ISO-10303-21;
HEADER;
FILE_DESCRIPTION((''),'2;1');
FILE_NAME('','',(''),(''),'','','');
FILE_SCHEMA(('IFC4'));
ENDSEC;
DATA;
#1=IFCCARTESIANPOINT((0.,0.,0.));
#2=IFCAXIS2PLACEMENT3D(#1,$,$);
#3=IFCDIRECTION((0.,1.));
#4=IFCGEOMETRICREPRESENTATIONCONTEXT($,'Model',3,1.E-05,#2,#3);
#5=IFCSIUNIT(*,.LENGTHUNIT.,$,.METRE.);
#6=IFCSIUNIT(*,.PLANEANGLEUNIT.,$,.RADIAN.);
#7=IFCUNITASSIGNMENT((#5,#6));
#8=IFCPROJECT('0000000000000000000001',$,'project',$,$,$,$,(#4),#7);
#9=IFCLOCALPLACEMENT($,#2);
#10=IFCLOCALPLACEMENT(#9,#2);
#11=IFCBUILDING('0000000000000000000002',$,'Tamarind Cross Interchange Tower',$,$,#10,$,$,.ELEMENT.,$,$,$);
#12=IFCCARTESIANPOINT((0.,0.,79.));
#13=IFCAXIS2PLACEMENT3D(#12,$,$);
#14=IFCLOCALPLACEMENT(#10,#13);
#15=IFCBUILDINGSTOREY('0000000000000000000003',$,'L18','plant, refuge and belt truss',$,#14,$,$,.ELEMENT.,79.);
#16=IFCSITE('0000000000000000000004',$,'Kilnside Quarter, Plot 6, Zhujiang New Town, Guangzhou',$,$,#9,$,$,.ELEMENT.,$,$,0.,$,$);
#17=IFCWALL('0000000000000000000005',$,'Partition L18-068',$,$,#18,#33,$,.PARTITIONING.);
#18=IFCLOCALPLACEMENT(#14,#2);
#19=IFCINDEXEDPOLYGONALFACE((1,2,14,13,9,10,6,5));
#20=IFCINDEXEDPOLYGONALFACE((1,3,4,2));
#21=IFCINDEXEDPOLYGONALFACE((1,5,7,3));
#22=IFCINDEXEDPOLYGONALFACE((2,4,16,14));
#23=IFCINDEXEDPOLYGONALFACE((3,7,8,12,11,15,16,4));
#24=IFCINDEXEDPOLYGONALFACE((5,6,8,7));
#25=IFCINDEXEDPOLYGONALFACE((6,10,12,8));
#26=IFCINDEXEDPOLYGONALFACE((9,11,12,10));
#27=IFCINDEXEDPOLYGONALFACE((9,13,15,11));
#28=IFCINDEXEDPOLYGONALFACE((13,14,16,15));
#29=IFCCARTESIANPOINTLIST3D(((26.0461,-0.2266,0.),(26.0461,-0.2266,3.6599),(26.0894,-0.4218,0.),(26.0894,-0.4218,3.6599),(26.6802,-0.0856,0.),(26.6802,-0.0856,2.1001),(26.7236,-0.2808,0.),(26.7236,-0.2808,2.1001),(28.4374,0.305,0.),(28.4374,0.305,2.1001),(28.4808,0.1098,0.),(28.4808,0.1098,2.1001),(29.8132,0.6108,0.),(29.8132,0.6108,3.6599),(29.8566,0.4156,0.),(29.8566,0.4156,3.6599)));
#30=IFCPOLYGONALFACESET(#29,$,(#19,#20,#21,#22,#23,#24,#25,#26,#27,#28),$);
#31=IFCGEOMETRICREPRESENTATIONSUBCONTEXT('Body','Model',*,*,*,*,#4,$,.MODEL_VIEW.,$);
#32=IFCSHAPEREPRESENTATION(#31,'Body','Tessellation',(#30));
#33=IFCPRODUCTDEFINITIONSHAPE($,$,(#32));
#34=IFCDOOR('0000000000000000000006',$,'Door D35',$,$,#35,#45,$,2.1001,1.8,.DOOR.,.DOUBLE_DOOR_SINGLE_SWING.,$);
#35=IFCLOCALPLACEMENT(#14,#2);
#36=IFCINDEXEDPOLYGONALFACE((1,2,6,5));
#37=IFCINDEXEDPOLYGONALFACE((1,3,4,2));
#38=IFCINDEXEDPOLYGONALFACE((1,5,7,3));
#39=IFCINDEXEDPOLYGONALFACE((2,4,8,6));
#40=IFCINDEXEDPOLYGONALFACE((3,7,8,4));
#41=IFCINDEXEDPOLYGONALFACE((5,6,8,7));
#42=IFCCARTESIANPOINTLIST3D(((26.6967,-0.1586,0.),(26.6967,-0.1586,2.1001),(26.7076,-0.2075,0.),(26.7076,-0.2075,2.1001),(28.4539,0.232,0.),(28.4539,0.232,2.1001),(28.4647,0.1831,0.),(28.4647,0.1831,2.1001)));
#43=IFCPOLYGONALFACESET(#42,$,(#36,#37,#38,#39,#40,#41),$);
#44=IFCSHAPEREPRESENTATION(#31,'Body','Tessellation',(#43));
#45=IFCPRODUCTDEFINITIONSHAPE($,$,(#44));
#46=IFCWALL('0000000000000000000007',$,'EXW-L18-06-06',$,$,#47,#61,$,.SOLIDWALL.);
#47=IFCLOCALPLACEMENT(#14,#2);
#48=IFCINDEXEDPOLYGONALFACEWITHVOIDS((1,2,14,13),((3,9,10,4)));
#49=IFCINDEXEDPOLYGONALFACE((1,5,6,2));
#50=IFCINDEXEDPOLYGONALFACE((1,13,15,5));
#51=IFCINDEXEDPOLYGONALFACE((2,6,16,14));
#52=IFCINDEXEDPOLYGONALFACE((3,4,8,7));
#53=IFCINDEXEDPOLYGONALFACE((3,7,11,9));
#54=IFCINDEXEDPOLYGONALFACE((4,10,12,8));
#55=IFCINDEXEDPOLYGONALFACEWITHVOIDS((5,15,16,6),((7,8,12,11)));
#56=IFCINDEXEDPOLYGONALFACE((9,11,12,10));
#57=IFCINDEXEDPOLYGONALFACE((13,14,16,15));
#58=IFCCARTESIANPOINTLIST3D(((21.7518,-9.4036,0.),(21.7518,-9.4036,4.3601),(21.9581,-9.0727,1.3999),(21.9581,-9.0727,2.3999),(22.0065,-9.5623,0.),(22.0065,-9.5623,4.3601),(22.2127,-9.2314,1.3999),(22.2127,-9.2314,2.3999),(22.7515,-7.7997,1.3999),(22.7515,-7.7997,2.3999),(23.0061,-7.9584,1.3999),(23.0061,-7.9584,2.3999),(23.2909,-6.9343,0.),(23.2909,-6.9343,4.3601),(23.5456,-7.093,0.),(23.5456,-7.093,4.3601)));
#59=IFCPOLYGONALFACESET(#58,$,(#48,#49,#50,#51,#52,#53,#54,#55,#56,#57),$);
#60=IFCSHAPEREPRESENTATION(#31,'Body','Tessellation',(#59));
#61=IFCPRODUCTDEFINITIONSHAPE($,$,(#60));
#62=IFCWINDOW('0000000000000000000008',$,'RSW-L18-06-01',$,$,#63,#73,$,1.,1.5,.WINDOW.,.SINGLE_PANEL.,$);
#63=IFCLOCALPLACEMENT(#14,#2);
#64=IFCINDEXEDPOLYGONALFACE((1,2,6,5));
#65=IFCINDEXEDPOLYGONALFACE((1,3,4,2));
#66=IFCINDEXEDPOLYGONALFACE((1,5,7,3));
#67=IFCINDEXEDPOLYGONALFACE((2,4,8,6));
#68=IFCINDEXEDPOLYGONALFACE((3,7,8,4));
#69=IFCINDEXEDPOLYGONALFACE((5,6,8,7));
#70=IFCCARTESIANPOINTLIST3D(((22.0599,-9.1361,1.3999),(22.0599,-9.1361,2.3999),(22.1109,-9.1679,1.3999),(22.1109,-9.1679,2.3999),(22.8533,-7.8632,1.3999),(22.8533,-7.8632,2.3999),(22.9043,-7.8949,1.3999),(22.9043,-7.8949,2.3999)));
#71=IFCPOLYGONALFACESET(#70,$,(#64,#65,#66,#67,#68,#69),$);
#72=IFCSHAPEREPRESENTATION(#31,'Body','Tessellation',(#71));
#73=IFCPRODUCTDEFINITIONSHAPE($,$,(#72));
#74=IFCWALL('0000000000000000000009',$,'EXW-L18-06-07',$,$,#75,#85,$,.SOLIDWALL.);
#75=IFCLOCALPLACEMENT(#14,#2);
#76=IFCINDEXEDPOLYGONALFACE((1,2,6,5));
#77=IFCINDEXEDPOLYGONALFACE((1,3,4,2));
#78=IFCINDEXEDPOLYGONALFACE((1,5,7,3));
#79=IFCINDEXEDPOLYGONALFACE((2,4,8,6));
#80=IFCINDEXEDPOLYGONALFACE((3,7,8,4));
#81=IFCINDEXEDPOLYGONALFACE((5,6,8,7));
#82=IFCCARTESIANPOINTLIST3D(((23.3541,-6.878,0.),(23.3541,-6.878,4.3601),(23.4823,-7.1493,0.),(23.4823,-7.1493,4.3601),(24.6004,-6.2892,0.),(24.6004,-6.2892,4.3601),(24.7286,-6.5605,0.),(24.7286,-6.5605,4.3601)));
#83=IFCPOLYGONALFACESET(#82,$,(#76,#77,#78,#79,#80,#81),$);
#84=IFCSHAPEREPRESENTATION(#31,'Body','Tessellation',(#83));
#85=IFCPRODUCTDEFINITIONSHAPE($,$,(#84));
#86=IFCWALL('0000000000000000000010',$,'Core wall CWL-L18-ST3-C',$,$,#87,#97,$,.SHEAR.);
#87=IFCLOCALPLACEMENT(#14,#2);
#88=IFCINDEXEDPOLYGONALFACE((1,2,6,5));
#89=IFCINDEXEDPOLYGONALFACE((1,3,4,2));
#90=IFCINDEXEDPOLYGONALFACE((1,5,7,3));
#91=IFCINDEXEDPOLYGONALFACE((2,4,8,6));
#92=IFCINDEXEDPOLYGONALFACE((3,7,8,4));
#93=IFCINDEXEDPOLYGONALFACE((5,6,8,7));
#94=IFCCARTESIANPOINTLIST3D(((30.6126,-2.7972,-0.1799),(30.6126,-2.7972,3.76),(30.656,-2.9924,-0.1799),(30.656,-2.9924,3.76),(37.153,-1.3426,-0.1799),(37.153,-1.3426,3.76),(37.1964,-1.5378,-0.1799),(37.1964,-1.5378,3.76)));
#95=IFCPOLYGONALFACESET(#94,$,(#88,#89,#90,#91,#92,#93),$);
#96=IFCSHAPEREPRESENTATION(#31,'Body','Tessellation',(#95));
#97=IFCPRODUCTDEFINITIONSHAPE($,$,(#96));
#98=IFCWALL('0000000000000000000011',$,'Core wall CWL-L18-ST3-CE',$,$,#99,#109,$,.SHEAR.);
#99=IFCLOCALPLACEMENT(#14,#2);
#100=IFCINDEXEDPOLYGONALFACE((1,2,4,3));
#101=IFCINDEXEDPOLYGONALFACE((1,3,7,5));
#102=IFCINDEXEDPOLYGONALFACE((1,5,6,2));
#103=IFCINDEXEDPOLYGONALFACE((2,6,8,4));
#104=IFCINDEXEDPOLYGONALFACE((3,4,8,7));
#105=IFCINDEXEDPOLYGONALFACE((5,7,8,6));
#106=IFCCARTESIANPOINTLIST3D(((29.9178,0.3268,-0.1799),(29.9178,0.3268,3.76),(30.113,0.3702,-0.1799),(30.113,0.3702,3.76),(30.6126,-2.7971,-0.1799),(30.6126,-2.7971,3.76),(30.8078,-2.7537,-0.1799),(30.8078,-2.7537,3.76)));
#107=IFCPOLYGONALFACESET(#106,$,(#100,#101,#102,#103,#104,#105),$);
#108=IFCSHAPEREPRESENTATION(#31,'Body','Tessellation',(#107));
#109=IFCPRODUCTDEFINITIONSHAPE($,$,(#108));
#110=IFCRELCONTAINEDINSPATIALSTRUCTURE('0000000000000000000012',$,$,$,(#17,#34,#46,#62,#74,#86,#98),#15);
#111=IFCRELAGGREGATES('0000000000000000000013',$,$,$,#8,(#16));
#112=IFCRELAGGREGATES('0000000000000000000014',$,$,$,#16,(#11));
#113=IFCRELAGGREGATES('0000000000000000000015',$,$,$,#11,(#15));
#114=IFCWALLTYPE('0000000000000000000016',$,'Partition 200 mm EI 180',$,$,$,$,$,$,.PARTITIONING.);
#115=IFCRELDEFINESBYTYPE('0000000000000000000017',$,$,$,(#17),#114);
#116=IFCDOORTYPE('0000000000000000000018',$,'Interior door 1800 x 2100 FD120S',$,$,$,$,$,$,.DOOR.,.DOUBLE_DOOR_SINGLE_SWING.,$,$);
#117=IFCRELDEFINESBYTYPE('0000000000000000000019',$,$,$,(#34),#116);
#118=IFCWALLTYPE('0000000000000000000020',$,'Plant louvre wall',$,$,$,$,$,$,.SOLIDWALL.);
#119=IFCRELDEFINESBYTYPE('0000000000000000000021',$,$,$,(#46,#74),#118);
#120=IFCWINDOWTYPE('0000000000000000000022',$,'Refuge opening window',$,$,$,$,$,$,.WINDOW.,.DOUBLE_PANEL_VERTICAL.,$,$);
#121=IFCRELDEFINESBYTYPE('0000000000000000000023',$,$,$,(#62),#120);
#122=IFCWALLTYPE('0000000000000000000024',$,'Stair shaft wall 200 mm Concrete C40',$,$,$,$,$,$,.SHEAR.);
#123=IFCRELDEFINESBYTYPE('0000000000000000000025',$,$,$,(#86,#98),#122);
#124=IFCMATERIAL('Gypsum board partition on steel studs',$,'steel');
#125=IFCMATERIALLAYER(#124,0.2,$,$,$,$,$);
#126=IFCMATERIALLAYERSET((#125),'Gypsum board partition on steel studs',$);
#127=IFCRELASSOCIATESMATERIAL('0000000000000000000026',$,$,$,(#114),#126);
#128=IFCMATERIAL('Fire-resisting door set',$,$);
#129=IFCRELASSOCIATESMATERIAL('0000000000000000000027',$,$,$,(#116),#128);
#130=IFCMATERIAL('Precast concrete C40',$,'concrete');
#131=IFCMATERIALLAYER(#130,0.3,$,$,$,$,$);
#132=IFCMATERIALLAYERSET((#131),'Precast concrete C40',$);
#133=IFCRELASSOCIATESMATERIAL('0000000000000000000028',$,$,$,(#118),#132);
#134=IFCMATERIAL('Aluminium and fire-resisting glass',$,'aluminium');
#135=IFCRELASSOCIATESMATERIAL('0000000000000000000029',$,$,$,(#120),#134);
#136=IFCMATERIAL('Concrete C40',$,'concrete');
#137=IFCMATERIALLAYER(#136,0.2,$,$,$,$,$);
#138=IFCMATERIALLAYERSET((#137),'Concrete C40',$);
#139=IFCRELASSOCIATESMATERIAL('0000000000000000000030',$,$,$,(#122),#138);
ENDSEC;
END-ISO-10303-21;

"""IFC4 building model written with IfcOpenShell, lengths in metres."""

from ifc_helpers import new_model, si_unit, direction, frame, frame_2d, origin, place, context, subcontext, project, spatial, rectangle, extrude, material, layer, layer_set, type_object, element, fill, save


model = new_model("IFC4")

# Units and contexts
model_context = context("Model", 3, precision=1e-05, world=origin(), true_north=direction((0.0, 1.0)))
body_context = subcontext(model_context, "Body", "Model", "MODEL_VIEW")
ifc_project = project(units=[si_unit("LENGTHUNIT", "METRE"), si_unit("PLANEANGLEUNIT", "RADIAN")], contexts=[model_context])

# Site, building, storey
site_placement = place(None, origin())
site = spatial("IfcSite", under=ifc_project, at=site_placement, Name="Kilnside Quarter, Plot 6, Zhujiang New Town, Guangzhou", CompositionType="ELEMENT", RefElevation=0.0)
building_placement = place(site_placement, origin())
building = spatial("IfcBuilding", under=site, at=building_placement, Name="Tamarind Cross Interchange Tower", CompositionType="ELEMENT")
storey_placement = place(building_placement, frame((0.0, 0.0, 79.0)))
storey = spatial("IfcBuildingStorey", under=building, at=storey_placement, Name="L18", Description="plant, refuge and belt truss", CompositionType="ELEMENT", Elevation=79.0)

# Shared definitions
ifc_material_1 = material(Name="Gypsum board partition on steel studs", Category="steel")
ifc_layer_1 = layer(ifc_material_1, 0.2)
ifc_layer_set_1 = layer_set([ifc_layer_1], Name="Gypsum board partition on steel studs")
wall_type_1 = type_object("IfcWallType", Name="Partition 200 mm EI 180", PredefinedType="PARTITIONING", material=ifc_layer_set_1)

# Wall, opening, door
wall_1_placement = place(storey_placement, frame((26.0676, -0.3242, 0.0), z_axis=(0.0, 0.0, 1.0), x_axis=(0.976172, 0.216997, 0.0)))
wall_1 = element("IfcWall", 1, at=wall_1_placement, inside=storey, type_object=wall_type_1, Name="Partition L18-068", PredefinedType="PARTITIONING", context=body_context, shape_type="SweptSolid", body=[
    extrude(rectangle(XDim=3.8591, YDim=0.2, at=frame_2d((1.9297, 0.0))), origin(), (0.0, 0.0, 1.0), 3.6599),
])
opening_1_placement = place(wall_1_placement, frame((0.6499, 0.0, 0.0)))
opening_1 = element("IfcOpeningElement", 2, at=opening_1_placement, cuts=wall_1, PredefinedType="OPENING", context=body_context, shape_type="SweptSolid", body=[
    extrude(rectangle(XDim=1.8, YDim=2.1001, at=frame_2d((0.8999, 1.05))), frame((0.0, 0.1099, 0.0), z_axis=(0.0, -1.0, 0.0), x_axis=(1.0, 0.0, 0.0)), (0.0, 0.0, 1.0), 0.22),
])
ifc_material_2 = material(Name="Fire-resisting door set")
door_type = type_object("IfcDoorType", Name="Interior door 1800 x 2100 FD120S", OperationType="DOUBLE_DOOR_SINGLE_SWING", PredefinedType="DOOR", material=ifc_material_2)
door_placement = place(opening_1_placement, frame((1.8, 0.0, 0.0), z_axis=(0.0, 0.0, 1.0), x_axis=(-1.0, 0.0, 0.0)))
door = element("IfcDoor", 3, at=door_placement, inside=storey, type_object=door_type, Name="Door D35", OperationType="DOUBLE_DOOR_SINGLE_SWING", OverallHeight=2.1001, OverallWidth=1.8, PredefinedType="DOOR", context=body_context, shape_type="SweptSolid", body=[
    extrude(rectangle(XDim=1.8, YDim=2.1001, at=frame_2d((0.8999, 1.05))), frame((0.0, 0.0249, 0.0), z_axis=(0.0, -1.0, 0.0), x_axis=(1.0, 0.0, 0.0)), (0.0, 0.0, 1.0), 0.05),
])
fill(opening_1, door)

# Wall, opening, window
ifc_material_3 = material(Name="Precast concrete C40", Category="concrete")
ifc_layer_2 = layer(ifc_material_3, 0.3)
ifc_layer_set_2 = layer_set([ifc_layer_2], Name="Precast concrete C40")
wall_type_2 = type_object("IfcWallType", Name="Plant louvre wall", PredefinedType="SOLIDWALL", material=ifc_layer_set_2)
wall_2_placement = place(storey_placement, frame((21.8792, -9.4829, 0.0), z_axis=(0.0, 0.0, 1.0), x_axis=(0.528958, 0.848648, 0.0)))
wall_2 = element("IfcWall", 4, at=wall_2_placement, inside=storey, type_object=wall_type_2, Name="EXW-L18-06-06", PredefinedType="SOLIDWALL", context=body_context, shape_type="SweptSolid", body=[
    extrude(rectangle(XDim=2.9097, YDim=0.3, at=frame_2d((1.4548, 0.0))), origin(), (0.0, 0.0, 1.0), 4.3601),
])
opening_2_placement = place(wall_2_placement, frame((0.3899, 0.0, 1.3999)))
opening_2 = element("IfcOpeningElement", 5, at=opening_2_placement, cuts=wall_2, PredefinedType="OPENING", context=body_context, shape_type="SweptSolid", body=[
    extrude(rectangle(XDim=1.5, YDim=1.0, at=frame_2d((0.75, 0.5))), frame((0.0, 0.1599, 0.0), z_axis=(0.0, -1.0, 0.0), x_axis=(1.0, 0.0, 0.0)), (0.0, 0.0, 1.0), 0.3201),
])
ifc_material_4 = material(Name="Aluminium and fire-resisting glass", Category="aluminium")
window_type_1 = type_object("IfcWindowType", Name="Refuge opening window", PartitioningType="DOUBLE_PANEL_VERTICAL", PredefinedType="WINDOW", material=ifc_material_4)
window_1_placement = place(opening_2_placement, origin())
window_1 = element("IfcWindow", 6, at=window_1_placement, inside=storey, type_object=window_type_1, Name="RSW-L18-06-01", OverallHeight=1.0, OverallWidth=1.5, PartitioningType="SINGLE_PANEL", PredefinedType="WINDOW", context=body_context, shape_type="SweptSolid", body=[
    extrude(rectangle(XDim=1.5, YDim=1.0, at=frame_2d((0.75, 0.5))), frame((0.0, 0.03, 0.0), z_axis=(0.0, -1.0, 0.0), x_axis=(1.0, 0.0, 0.0)), (0.0, 0.0, 1.0), 0.0601),
])
fill(opening_2, window_1)

# Wall
wall_3_placement = place(storey_placement, frame((23.4182, -7.0137, 0.0), z_axis=(0.0, 0.0, 1.0), x_axis=(0.904159, 0.427195, 0.0)))
element("IfcWall", 7, at=wall_3_placement, inside=storey, type_object=wall_type_2, Name="EXW-L18-06-07", PredefinedType="SOLIDWALL", context=body_context, shape_type="SweptSolid", body=[
    extrude(rectangle(XDim=1.3784, YDim=0.3, at=frame_2d((0.6892, 0.0))), origin(), (0.0, 0.0, 1.0), 4.3601),
])

# Walls
ifc_material_5 = material(Name="Concrete C40", Category="concrete")
ifc_layer_3 = layer(ifc_material_5, 0.2)
ifc_layer_set_3 = layer_set([ifc_layer_3], Name="Concrete C40")
wall_type_3 = type_object("IfcWallType", Name="Stair shaft wall 200 mm Concrete C40", PredefinedType="SHEAR", material=ifc_layer_set_3)
wall_4_placement = place(storey_placement, frame((30.6343, -2.8948, -0.1799), z_axis=(0.0, 0.0, 1.0), x_axis=(0.976149, 0.2171, 0.0)))
element("IfcWall", 8, at=wall_4_placement, inside=storey, type_object=wall_type_3, Name="Core wall CWL-L18-ST3-C", PredefinedType="SHEAR", context=body_context, shape_type="SweptSolid", body=[
    extrude(rectangle(XDim=6.7002, YDim=0.2, at=frame_2d((3.3501, 0.0))), origin(), (0.0, 0.0, 1.0), 3.9399),
])
wall_5_placement = place(storey_placement, frame((30.7102, -2.7754, -0.1799), z_axis=(0.0, 0.0, 1.0), x_axis=(-0.217124, 0.976144, 0.0)))
element("IfcWall", 9, at=wall_5_placement, inside=storey, type_object=wall_type_3, Name="Core wall CWL-L18-ST3-CE", PredefinedType="SHEAR", context=body_context, shape_type="SweptSolid", body=[
    extrude(rectangle(XDim=3.2002, YDim=0.2, at=frame_2d((1.6001, 0.0))), origin(), (0.0, 0.0, 1.0), 3.9399),
])

save(model, "model.ifc")
